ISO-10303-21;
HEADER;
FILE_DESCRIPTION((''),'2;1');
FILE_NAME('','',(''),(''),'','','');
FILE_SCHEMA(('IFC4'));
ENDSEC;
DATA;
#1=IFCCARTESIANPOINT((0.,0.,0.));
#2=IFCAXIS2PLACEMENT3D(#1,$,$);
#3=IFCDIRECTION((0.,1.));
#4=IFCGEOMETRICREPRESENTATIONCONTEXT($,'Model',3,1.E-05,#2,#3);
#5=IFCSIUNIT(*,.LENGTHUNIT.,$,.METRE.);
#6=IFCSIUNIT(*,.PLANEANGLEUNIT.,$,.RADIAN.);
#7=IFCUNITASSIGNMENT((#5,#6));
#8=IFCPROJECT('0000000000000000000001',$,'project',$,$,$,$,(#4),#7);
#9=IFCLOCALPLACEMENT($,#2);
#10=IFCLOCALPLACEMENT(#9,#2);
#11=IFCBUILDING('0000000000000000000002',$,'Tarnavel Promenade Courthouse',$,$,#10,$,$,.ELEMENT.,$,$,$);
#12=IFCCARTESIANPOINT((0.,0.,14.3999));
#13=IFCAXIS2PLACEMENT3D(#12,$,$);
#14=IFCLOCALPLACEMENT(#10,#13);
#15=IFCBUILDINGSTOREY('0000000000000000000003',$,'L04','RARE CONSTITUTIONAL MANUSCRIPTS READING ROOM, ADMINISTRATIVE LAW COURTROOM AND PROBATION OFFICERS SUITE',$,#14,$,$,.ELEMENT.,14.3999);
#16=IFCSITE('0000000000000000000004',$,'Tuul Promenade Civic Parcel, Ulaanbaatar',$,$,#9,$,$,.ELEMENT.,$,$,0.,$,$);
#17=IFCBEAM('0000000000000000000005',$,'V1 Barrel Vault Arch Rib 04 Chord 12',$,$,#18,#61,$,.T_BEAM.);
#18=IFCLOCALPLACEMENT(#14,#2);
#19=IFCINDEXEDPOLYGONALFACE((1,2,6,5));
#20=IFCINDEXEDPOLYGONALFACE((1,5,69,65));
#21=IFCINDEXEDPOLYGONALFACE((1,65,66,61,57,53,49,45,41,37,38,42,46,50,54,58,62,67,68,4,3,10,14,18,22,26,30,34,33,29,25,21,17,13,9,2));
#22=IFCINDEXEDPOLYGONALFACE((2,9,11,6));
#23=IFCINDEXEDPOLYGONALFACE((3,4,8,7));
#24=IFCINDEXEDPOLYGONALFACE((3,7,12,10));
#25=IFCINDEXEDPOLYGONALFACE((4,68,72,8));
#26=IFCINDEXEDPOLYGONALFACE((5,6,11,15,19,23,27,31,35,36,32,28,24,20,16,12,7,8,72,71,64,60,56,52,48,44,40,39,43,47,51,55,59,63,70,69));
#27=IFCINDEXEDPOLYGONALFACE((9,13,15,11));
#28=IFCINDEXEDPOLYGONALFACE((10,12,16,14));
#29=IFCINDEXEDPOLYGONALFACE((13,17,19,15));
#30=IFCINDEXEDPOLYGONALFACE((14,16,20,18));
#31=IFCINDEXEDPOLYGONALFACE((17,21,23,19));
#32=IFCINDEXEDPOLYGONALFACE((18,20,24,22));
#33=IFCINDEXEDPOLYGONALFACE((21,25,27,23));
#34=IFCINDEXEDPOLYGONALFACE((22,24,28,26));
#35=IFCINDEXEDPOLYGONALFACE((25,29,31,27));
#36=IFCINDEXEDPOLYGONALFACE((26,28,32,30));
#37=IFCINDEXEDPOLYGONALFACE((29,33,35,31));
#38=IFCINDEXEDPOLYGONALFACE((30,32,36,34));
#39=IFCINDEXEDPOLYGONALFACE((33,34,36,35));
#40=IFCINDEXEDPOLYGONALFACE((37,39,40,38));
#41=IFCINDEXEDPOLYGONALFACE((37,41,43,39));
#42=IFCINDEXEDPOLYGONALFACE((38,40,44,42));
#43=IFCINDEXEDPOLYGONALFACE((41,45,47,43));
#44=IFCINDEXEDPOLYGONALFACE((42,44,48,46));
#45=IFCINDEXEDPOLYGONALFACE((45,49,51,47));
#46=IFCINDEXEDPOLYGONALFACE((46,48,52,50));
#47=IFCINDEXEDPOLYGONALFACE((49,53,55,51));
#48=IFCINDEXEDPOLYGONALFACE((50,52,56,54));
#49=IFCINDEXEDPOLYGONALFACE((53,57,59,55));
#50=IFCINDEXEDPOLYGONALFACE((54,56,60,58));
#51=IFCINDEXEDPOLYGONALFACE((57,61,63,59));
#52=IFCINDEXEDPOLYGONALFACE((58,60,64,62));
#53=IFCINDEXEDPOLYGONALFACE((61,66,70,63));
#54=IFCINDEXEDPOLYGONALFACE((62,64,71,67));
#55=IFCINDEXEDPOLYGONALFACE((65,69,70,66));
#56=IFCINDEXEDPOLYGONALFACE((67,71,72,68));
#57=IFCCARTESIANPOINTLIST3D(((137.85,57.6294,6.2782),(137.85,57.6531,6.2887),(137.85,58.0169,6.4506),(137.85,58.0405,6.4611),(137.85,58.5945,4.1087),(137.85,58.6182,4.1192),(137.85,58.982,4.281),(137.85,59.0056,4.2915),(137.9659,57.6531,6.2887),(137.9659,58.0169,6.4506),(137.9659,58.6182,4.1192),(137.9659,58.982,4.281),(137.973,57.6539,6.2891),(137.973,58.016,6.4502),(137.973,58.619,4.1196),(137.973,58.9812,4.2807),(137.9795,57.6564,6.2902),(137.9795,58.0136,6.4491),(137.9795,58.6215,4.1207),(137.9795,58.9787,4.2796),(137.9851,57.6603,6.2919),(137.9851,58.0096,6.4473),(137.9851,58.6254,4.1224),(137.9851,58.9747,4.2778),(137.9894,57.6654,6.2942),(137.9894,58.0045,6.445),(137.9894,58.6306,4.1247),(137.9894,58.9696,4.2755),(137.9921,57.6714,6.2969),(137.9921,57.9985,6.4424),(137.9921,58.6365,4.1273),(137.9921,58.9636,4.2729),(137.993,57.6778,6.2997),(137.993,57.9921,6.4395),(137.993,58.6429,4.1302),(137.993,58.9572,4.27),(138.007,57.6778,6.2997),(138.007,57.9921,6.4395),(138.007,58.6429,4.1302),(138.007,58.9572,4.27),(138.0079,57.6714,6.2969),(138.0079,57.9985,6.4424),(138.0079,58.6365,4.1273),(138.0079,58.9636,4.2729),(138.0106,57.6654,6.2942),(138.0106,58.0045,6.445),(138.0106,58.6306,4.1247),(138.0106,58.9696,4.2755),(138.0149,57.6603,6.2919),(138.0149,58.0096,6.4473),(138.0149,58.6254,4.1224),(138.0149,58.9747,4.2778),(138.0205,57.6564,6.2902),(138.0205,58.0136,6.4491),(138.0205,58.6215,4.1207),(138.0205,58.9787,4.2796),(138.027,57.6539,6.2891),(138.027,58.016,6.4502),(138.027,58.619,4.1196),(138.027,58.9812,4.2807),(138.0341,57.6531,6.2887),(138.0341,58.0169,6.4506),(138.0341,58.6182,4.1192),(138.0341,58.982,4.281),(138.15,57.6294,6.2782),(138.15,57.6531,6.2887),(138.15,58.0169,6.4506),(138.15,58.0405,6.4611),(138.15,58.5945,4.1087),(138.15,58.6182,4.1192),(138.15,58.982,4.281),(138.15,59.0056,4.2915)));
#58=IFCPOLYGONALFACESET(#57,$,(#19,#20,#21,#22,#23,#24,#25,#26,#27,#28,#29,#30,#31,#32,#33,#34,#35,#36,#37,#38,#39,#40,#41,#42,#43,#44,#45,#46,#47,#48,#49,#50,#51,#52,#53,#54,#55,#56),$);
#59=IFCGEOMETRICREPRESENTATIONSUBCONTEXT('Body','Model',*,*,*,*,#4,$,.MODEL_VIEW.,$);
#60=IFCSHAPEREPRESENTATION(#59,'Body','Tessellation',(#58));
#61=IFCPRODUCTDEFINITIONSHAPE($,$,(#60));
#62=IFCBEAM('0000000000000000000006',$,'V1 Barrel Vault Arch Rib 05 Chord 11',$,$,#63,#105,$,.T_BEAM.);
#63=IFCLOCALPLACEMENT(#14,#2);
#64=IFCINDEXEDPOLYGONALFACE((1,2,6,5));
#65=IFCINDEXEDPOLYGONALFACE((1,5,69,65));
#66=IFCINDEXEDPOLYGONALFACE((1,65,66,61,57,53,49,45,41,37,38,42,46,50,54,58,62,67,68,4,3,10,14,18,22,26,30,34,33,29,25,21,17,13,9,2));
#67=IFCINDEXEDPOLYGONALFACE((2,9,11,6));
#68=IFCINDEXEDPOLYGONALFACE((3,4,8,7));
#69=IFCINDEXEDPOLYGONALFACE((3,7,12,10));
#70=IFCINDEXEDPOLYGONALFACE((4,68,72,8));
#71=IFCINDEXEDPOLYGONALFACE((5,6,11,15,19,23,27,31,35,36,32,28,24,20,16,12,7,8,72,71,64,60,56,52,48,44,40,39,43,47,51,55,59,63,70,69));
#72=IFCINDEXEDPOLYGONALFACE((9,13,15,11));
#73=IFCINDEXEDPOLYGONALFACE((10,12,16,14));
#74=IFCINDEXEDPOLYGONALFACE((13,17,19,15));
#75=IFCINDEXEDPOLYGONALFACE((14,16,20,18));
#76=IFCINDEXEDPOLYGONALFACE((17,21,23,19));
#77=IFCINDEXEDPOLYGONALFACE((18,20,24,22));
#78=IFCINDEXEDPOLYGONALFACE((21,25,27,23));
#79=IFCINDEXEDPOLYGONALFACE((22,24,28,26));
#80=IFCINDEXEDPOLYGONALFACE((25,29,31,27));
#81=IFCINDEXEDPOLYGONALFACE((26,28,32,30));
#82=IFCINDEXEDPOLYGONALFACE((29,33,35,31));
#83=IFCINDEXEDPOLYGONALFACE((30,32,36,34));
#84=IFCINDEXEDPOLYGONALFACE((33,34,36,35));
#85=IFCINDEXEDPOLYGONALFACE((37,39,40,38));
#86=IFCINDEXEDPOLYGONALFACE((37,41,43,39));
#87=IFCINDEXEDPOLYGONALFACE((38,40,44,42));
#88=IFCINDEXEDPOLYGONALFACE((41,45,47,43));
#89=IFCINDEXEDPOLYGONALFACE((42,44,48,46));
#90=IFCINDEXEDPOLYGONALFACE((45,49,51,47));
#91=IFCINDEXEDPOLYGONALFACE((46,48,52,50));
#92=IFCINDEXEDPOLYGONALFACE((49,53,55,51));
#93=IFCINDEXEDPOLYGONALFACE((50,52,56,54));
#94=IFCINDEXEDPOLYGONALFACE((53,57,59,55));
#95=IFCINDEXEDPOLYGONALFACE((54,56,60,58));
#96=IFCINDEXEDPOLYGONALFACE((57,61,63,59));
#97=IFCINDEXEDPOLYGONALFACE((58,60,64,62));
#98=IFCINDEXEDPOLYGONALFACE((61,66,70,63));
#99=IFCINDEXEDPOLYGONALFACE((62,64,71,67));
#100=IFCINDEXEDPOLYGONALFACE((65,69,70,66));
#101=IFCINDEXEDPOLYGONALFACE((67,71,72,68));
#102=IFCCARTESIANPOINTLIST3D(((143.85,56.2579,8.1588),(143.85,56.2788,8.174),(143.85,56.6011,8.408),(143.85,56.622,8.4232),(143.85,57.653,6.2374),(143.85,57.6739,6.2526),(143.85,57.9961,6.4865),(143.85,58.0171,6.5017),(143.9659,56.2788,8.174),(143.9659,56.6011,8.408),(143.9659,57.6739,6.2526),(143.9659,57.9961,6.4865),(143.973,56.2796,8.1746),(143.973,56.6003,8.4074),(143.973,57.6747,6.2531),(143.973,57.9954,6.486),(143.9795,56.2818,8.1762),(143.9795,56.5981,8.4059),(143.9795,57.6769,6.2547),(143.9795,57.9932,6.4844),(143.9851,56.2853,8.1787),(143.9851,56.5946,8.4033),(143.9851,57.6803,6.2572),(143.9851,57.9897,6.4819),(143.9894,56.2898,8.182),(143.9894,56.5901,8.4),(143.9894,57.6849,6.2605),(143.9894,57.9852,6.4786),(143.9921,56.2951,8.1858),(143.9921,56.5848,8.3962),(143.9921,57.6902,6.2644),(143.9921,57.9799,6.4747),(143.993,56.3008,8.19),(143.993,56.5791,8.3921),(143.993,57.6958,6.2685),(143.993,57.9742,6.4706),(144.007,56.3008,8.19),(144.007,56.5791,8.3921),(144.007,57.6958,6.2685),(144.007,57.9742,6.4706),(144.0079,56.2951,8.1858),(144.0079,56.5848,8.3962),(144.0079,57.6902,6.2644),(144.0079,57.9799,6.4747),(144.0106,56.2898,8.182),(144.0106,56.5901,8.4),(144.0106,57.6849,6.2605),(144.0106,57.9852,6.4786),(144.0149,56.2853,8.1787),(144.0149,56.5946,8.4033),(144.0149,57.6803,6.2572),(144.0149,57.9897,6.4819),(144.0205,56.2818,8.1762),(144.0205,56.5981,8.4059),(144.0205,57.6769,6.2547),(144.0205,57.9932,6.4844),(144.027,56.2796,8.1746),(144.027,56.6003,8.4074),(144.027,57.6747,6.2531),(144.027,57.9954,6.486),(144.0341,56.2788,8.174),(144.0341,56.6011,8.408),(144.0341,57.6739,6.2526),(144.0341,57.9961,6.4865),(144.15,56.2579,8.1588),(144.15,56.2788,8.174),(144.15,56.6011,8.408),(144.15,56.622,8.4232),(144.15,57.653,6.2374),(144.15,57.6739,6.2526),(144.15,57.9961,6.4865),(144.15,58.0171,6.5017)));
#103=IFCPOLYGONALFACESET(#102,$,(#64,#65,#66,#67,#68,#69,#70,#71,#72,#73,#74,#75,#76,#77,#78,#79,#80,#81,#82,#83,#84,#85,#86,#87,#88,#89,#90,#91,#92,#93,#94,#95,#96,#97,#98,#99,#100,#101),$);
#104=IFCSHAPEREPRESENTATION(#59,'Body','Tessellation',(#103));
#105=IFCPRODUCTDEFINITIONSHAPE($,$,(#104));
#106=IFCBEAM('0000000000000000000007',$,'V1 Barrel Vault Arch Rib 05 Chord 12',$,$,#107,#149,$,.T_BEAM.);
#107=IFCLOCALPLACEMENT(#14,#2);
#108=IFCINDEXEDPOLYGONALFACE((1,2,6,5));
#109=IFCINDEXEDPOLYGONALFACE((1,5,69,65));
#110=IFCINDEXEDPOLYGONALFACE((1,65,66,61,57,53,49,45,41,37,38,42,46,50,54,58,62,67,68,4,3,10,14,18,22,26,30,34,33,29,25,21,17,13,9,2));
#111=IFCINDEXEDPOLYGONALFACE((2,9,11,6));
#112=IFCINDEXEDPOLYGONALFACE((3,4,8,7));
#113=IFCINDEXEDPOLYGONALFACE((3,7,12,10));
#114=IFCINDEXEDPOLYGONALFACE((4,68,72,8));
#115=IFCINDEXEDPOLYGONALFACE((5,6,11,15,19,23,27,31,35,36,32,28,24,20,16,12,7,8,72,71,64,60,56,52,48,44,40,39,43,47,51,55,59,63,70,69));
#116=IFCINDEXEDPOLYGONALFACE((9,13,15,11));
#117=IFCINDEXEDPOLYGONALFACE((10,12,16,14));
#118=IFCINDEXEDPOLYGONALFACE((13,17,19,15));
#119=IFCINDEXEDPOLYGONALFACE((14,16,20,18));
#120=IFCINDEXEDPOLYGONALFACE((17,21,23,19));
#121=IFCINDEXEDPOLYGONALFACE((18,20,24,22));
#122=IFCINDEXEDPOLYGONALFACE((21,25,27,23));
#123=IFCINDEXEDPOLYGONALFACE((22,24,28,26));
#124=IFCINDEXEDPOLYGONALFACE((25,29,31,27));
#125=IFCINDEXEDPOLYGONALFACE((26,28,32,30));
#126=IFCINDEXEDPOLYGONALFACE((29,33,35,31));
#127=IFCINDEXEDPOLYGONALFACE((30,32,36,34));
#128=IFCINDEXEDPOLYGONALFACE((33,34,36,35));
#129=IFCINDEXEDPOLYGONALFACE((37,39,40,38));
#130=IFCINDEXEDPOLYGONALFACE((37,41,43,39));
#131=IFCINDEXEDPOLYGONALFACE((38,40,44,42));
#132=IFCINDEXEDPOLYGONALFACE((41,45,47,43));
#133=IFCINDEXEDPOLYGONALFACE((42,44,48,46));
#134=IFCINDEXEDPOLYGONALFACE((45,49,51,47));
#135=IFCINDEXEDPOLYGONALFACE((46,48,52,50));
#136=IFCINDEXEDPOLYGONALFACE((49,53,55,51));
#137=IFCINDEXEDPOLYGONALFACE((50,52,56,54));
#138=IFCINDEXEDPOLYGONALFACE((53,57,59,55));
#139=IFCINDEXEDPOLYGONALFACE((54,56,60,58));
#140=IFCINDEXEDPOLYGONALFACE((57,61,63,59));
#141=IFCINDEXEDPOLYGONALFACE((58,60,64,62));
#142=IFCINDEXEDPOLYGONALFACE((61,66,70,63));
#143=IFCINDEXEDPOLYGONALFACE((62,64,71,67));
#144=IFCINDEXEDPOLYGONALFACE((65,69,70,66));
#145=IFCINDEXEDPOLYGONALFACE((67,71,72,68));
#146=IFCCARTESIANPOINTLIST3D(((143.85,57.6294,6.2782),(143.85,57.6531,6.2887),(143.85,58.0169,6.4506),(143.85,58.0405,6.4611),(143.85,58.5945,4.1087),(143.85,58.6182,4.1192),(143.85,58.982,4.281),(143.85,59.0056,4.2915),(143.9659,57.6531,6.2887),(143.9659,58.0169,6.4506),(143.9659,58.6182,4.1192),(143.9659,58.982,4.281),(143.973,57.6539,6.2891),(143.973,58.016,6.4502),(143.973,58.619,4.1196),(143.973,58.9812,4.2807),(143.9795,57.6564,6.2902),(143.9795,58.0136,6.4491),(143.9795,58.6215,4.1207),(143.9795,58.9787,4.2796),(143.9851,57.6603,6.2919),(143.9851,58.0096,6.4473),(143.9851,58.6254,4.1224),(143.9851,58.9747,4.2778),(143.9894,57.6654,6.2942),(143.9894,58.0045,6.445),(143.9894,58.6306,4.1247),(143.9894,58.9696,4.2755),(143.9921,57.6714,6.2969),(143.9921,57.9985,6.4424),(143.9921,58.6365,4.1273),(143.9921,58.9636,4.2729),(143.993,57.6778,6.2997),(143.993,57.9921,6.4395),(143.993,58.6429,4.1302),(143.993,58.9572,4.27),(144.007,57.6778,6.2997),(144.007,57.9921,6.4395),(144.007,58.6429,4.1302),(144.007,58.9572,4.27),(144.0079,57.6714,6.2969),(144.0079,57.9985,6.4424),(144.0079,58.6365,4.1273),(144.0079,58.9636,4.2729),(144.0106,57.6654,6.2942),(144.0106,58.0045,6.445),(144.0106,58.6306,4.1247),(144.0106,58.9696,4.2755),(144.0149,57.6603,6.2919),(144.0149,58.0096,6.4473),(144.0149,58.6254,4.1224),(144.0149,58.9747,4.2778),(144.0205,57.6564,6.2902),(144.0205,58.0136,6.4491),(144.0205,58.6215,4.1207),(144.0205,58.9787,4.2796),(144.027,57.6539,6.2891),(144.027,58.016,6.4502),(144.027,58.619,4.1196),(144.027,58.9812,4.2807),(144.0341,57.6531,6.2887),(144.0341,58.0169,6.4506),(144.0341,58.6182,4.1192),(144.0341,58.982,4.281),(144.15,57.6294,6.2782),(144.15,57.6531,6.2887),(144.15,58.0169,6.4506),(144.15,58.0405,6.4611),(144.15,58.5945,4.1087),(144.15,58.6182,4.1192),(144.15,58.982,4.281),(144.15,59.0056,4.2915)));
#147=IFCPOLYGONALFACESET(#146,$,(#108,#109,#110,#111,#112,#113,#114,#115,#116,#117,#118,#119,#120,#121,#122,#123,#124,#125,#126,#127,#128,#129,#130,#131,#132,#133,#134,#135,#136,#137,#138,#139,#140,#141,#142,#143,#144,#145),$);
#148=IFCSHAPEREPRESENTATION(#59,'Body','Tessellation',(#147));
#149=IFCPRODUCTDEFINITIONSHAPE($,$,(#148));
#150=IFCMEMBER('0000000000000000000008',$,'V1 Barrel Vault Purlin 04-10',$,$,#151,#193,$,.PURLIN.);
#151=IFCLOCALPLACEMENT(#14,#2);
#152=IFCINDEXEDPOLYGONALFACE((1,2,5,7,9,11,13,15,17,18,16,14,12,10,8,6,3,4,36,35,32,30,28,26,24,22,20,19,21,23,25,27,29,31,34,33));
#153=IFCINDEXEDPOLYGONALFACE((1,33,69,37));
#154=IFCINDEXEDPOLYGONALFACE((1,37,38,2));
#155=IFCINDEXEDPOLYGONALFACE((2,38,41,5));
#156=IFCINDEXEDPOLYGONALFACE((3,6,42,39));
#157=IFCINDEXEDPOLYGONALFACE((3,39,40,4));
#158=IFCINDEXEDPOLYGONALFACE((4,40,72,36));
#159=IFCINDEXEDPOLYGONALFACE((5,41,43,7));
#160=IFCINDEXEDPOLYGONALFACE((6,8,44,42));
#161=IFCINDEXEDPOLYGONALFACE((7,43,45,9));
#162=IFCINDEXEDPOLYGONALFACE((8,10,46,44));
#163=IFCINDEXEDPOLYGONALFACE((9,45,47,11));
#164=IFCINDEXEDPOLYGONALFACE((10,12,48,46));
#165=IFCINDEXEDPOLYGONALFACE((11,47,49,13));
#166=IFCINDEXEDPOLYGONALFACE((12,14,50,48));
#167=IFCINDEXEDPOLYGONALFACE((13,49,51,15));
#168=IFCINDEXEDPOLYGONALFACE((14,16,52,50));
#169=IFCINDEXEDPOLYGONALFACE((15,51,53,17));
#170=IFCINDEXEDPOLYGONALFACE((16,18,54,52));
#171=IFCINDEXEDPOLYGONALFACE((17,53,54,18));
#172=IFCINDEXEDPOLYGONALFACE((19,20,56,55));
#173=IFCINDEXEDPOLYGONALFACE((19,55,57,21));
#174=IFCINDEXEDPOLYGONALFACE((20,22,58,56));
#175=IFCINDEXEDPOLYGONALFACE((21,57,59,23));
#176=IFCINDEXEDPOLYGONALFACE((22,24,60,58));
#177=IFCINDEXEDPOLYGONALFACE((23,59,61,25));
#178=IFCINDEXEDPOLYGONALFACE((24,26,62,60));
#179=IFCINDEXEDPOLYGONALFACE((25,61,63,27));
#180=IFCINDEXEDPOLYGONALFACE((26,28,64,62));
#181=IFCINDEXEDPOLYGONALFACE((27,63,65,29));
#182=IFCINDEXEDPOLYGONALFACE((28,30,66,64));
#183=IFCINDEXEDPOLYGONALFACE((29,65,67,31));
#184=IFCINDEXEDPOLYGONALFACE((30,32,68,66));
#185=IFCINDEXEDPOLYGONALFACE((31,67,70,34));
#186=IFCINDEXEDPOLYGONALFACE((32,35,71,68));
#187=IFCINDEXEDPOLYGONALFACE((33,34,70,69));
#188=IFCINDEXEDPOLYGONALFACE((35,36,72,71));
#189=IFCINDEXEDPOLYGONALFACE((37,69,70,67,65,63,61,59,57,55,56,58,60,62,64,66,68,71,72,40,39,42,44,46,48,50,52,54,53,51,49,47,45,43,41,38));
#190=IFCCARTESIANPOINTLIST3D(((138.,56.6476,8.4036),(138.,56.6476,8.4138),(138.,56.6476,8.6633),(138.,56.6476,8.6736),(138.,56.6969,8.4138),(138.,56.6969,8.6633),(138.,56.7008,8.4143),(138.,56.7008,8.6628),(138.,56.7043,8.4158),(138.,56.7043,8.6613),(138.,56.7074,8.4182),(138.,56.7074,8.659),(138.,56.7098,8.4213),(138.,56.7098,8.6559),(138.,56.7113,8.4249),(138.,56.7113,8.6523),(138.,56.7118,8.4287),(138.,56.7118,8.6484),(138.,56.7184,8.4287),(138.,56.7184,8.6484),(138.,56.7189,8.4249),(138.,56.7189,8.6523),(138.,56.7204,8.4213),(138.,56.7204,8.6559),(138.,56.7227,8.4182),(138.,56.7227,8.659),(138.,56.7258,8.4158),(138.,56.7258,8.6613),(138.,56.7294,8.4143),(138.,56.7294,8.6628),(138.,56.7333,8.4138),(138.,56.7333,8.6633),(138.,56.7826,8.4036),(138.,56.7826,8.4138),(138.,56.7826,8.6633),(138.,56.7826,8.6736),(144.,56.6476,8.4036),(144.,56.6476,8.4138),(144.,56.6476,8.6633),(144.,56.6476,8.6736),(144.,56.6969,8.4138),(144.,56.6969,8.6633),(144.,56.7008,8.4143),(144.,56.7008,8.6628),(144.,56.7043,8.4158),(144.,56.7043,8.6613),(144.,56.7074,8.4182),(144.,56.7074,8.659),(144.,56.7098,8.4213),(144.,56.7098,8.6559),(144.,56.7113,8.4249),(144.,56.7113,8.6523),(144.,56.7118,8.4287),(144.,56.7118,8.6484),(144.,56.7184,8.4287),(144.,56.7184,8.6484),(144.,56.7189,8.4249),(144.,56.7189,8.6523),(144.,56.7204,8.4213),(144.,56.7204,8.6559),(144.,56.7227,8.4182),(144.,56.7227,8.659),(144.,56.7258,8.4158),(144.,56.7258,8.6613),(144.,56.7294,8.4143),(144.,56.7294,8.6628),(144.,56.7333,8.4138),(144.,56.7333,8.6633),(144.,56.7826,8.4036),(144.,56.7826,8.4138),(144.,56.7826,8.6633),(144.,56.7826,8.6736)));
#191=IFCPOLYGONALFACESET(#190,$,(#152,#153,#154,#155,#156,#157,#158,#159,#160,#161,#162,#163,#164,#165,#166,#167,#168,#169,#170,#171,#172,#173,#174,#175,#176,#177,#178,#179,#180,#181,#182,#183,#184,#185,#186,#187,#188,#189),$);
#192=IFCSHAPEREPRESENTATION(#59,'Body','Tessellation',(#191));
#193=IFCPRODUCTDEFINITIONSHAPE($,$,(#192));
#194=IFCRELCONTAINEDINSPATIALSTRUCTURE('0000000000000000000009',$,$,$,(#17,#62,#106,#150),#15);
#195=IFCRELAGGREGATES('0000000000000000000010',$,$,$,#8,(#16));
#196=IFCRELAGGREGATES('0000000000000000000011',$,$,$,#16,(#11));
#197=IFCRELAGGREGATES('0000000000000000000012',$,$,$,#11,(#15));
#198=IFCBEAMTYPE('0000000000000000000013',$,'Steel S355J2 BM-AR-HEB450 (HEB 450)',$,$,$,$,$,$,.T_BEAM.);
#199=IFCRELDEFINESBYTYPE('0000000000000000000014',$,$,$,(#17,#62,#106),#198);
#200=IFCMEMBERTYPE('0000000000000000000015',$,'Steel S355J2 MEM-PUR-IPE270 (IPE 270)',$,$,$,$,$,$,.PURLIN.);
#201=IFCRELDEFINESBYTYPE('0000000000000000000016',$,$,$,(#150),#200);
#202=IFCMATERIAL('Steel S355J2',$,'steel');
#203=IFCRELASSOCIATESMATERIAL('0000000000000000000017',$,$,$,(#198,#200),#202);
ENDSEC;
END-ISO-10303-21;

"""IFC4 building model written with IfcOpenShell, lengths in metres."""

from ifc_helpers import new_model, si_unit, direction, frame, origin, origin_2d, place, context, subcontext, project, spatial, i_section, extrude, material, material_profile, profile_set, type_object, element, save


model = new_model("IFC4")

# Units and contexts
model_context = context("Model", 3, precision=1e-05, world=origin(), true_north=direction((0.0, 1.0)))
body_context = subcontext(model_context, "Body", "Model", "MODEL_VIEW")
ifc_project = project(units=[si_unit("LENGTHUNIT", "METRE"), si_unit("PLANEANGLEUNIT", "RADIAN")], contexts=[model_context])

# Site, building, storey
site_placement = place(None, origin())
site = spatial("IfcSite", under=ifc_project, at=site_placement, Name="Tuul Promenade Civic Parcel, Ulaanbaatar", CompositionType="ELEMENT", RefElevation=0.0)
building_placement = place(site_placement, origin())
building = spatial("IfcBuilding", under=site, at=building_placement, Name="Tarnavel Promenade Courthouse", CompositionType="ELEMENT")
storey_placement = place(building_placement, frame((0.0, 0.0, 14.3999)))
storey = spatial("IfcBuildingStorey", under=building, at=storey_placement, Name="L04", Description="RARE CONSTITUTIONAL MANUSCRIPTS READING ROOM, ADMINISTRATIVE LAW COURTROOM AND PROBATION OFFICERS SUITE", CompositionType="ELEMENT", Elevation=14.3999)

# Beams
ifc_material_1 = material(Name="Steel S355J2", Category="steel")
ifc_material_profile_1 = material_profile(ifc_material_1, i_section(OverallWidth=0.3, OverallDepth=0.45, WebThickness=0.0139, FlangeThickness=0.0259, FilletRadius=0.0271, at=origin_2d()), Name="HEB 450")
ifc_profile_set_1 = profile_set([ifc_material_profile_1], Name="Steel S355J2")
beam_type = type_object("IfcBeamType", Name="Steel S355J2 BM-AR-HEB450 (HEB 450)", PredefinedType="T_BEAM", material=ifc_profile_set_1)
for number, where, z_axis, x_axis, name in (
    (1, (138.0, 57.835, 6.3696), (0.0, 0.406453, -0.913672), (-1.0, 0.0, 0.0), "V1 Barrel Vault Arch Rib 04 Chord 12"),
    (2, (144.0, 56.4399, 8.291), (0.0, 0.587523, -0.809207), (-1.0, 0.0, 0.0), "V1 Barrel Vault Arch Rib 05 Chord 11"),
    (3, (144.0, 57.835, 6.3696), (0.0, 0.406453, -0.913672), (-1.0, 0.0, 0.0), "V1 Barrel Vault Arch Rib 05 Chord 12"),
):
    element("IfcBeam", number, at=place(storey_placement, frame(where, z_axis=z_axis, x_axis=x_axis)), inside=storey, type_object=beam_type, Name=name, PredefinedType="T_BEAM", context=body_context, shape_type="SweptSolid", body=[
        extrude(i_section(OverallWidth=0.3, OverallDepth=0.45, WebThickness=0.0139, FlangeThickness=0.0259, FilletRadius=0.0271, at=origin_2d()), origin(), (0.0, 0.0, 1.0), 2.3745),
    ])

# Member
ifc_material_profile_2 = material_profile(ifc_material_1, i_section(OverallWidth=0.135, OverallDepth=0.27, WebThickness=0.0066, FlangeThickness=0.0103, FilletRadius=0.0149, at=origin_2d()), Name="IPE 270")
ifc_profile_set_2 = profile_set([ifc_material_profile_2], Name="Steel S355J2")
member_type_1 = type_object("IfcMemberType", Name="Steel S355J2 MEM-PUR-IPE270 (IPE 270)", PredefinedType="PURLIN", material=ifc_profile_set_2)
for number, where, z_axis, x_axis, name in (
    (4, (138.0, 56.7151, 8.5386), (1.0, 0.0, 0.0), (0.0, 1.0, 0.0), "V1 Barrel Vault Purlin 04-10"),
):
    element("IfcMember", number, at=place(storey_placement, frame(where, z_axis=z_axis, x_axis=x_axis)), inside=storey, type_object=member_type_1, Name=name, PredefinedType="PURLIN", context=body_context, shape_type="SweptSolid", body=[
        extrude(i_section(OverallWidth=0.135, OverallDepth=0.27, WebThickness=0.0066, FlangeThickness=0.0103, FilletRadius=0.0149, at=origin_2d()), origin(), (0.0, 0.0, 1.0), 6.0),
    ])

save(model, "model.ifc")
